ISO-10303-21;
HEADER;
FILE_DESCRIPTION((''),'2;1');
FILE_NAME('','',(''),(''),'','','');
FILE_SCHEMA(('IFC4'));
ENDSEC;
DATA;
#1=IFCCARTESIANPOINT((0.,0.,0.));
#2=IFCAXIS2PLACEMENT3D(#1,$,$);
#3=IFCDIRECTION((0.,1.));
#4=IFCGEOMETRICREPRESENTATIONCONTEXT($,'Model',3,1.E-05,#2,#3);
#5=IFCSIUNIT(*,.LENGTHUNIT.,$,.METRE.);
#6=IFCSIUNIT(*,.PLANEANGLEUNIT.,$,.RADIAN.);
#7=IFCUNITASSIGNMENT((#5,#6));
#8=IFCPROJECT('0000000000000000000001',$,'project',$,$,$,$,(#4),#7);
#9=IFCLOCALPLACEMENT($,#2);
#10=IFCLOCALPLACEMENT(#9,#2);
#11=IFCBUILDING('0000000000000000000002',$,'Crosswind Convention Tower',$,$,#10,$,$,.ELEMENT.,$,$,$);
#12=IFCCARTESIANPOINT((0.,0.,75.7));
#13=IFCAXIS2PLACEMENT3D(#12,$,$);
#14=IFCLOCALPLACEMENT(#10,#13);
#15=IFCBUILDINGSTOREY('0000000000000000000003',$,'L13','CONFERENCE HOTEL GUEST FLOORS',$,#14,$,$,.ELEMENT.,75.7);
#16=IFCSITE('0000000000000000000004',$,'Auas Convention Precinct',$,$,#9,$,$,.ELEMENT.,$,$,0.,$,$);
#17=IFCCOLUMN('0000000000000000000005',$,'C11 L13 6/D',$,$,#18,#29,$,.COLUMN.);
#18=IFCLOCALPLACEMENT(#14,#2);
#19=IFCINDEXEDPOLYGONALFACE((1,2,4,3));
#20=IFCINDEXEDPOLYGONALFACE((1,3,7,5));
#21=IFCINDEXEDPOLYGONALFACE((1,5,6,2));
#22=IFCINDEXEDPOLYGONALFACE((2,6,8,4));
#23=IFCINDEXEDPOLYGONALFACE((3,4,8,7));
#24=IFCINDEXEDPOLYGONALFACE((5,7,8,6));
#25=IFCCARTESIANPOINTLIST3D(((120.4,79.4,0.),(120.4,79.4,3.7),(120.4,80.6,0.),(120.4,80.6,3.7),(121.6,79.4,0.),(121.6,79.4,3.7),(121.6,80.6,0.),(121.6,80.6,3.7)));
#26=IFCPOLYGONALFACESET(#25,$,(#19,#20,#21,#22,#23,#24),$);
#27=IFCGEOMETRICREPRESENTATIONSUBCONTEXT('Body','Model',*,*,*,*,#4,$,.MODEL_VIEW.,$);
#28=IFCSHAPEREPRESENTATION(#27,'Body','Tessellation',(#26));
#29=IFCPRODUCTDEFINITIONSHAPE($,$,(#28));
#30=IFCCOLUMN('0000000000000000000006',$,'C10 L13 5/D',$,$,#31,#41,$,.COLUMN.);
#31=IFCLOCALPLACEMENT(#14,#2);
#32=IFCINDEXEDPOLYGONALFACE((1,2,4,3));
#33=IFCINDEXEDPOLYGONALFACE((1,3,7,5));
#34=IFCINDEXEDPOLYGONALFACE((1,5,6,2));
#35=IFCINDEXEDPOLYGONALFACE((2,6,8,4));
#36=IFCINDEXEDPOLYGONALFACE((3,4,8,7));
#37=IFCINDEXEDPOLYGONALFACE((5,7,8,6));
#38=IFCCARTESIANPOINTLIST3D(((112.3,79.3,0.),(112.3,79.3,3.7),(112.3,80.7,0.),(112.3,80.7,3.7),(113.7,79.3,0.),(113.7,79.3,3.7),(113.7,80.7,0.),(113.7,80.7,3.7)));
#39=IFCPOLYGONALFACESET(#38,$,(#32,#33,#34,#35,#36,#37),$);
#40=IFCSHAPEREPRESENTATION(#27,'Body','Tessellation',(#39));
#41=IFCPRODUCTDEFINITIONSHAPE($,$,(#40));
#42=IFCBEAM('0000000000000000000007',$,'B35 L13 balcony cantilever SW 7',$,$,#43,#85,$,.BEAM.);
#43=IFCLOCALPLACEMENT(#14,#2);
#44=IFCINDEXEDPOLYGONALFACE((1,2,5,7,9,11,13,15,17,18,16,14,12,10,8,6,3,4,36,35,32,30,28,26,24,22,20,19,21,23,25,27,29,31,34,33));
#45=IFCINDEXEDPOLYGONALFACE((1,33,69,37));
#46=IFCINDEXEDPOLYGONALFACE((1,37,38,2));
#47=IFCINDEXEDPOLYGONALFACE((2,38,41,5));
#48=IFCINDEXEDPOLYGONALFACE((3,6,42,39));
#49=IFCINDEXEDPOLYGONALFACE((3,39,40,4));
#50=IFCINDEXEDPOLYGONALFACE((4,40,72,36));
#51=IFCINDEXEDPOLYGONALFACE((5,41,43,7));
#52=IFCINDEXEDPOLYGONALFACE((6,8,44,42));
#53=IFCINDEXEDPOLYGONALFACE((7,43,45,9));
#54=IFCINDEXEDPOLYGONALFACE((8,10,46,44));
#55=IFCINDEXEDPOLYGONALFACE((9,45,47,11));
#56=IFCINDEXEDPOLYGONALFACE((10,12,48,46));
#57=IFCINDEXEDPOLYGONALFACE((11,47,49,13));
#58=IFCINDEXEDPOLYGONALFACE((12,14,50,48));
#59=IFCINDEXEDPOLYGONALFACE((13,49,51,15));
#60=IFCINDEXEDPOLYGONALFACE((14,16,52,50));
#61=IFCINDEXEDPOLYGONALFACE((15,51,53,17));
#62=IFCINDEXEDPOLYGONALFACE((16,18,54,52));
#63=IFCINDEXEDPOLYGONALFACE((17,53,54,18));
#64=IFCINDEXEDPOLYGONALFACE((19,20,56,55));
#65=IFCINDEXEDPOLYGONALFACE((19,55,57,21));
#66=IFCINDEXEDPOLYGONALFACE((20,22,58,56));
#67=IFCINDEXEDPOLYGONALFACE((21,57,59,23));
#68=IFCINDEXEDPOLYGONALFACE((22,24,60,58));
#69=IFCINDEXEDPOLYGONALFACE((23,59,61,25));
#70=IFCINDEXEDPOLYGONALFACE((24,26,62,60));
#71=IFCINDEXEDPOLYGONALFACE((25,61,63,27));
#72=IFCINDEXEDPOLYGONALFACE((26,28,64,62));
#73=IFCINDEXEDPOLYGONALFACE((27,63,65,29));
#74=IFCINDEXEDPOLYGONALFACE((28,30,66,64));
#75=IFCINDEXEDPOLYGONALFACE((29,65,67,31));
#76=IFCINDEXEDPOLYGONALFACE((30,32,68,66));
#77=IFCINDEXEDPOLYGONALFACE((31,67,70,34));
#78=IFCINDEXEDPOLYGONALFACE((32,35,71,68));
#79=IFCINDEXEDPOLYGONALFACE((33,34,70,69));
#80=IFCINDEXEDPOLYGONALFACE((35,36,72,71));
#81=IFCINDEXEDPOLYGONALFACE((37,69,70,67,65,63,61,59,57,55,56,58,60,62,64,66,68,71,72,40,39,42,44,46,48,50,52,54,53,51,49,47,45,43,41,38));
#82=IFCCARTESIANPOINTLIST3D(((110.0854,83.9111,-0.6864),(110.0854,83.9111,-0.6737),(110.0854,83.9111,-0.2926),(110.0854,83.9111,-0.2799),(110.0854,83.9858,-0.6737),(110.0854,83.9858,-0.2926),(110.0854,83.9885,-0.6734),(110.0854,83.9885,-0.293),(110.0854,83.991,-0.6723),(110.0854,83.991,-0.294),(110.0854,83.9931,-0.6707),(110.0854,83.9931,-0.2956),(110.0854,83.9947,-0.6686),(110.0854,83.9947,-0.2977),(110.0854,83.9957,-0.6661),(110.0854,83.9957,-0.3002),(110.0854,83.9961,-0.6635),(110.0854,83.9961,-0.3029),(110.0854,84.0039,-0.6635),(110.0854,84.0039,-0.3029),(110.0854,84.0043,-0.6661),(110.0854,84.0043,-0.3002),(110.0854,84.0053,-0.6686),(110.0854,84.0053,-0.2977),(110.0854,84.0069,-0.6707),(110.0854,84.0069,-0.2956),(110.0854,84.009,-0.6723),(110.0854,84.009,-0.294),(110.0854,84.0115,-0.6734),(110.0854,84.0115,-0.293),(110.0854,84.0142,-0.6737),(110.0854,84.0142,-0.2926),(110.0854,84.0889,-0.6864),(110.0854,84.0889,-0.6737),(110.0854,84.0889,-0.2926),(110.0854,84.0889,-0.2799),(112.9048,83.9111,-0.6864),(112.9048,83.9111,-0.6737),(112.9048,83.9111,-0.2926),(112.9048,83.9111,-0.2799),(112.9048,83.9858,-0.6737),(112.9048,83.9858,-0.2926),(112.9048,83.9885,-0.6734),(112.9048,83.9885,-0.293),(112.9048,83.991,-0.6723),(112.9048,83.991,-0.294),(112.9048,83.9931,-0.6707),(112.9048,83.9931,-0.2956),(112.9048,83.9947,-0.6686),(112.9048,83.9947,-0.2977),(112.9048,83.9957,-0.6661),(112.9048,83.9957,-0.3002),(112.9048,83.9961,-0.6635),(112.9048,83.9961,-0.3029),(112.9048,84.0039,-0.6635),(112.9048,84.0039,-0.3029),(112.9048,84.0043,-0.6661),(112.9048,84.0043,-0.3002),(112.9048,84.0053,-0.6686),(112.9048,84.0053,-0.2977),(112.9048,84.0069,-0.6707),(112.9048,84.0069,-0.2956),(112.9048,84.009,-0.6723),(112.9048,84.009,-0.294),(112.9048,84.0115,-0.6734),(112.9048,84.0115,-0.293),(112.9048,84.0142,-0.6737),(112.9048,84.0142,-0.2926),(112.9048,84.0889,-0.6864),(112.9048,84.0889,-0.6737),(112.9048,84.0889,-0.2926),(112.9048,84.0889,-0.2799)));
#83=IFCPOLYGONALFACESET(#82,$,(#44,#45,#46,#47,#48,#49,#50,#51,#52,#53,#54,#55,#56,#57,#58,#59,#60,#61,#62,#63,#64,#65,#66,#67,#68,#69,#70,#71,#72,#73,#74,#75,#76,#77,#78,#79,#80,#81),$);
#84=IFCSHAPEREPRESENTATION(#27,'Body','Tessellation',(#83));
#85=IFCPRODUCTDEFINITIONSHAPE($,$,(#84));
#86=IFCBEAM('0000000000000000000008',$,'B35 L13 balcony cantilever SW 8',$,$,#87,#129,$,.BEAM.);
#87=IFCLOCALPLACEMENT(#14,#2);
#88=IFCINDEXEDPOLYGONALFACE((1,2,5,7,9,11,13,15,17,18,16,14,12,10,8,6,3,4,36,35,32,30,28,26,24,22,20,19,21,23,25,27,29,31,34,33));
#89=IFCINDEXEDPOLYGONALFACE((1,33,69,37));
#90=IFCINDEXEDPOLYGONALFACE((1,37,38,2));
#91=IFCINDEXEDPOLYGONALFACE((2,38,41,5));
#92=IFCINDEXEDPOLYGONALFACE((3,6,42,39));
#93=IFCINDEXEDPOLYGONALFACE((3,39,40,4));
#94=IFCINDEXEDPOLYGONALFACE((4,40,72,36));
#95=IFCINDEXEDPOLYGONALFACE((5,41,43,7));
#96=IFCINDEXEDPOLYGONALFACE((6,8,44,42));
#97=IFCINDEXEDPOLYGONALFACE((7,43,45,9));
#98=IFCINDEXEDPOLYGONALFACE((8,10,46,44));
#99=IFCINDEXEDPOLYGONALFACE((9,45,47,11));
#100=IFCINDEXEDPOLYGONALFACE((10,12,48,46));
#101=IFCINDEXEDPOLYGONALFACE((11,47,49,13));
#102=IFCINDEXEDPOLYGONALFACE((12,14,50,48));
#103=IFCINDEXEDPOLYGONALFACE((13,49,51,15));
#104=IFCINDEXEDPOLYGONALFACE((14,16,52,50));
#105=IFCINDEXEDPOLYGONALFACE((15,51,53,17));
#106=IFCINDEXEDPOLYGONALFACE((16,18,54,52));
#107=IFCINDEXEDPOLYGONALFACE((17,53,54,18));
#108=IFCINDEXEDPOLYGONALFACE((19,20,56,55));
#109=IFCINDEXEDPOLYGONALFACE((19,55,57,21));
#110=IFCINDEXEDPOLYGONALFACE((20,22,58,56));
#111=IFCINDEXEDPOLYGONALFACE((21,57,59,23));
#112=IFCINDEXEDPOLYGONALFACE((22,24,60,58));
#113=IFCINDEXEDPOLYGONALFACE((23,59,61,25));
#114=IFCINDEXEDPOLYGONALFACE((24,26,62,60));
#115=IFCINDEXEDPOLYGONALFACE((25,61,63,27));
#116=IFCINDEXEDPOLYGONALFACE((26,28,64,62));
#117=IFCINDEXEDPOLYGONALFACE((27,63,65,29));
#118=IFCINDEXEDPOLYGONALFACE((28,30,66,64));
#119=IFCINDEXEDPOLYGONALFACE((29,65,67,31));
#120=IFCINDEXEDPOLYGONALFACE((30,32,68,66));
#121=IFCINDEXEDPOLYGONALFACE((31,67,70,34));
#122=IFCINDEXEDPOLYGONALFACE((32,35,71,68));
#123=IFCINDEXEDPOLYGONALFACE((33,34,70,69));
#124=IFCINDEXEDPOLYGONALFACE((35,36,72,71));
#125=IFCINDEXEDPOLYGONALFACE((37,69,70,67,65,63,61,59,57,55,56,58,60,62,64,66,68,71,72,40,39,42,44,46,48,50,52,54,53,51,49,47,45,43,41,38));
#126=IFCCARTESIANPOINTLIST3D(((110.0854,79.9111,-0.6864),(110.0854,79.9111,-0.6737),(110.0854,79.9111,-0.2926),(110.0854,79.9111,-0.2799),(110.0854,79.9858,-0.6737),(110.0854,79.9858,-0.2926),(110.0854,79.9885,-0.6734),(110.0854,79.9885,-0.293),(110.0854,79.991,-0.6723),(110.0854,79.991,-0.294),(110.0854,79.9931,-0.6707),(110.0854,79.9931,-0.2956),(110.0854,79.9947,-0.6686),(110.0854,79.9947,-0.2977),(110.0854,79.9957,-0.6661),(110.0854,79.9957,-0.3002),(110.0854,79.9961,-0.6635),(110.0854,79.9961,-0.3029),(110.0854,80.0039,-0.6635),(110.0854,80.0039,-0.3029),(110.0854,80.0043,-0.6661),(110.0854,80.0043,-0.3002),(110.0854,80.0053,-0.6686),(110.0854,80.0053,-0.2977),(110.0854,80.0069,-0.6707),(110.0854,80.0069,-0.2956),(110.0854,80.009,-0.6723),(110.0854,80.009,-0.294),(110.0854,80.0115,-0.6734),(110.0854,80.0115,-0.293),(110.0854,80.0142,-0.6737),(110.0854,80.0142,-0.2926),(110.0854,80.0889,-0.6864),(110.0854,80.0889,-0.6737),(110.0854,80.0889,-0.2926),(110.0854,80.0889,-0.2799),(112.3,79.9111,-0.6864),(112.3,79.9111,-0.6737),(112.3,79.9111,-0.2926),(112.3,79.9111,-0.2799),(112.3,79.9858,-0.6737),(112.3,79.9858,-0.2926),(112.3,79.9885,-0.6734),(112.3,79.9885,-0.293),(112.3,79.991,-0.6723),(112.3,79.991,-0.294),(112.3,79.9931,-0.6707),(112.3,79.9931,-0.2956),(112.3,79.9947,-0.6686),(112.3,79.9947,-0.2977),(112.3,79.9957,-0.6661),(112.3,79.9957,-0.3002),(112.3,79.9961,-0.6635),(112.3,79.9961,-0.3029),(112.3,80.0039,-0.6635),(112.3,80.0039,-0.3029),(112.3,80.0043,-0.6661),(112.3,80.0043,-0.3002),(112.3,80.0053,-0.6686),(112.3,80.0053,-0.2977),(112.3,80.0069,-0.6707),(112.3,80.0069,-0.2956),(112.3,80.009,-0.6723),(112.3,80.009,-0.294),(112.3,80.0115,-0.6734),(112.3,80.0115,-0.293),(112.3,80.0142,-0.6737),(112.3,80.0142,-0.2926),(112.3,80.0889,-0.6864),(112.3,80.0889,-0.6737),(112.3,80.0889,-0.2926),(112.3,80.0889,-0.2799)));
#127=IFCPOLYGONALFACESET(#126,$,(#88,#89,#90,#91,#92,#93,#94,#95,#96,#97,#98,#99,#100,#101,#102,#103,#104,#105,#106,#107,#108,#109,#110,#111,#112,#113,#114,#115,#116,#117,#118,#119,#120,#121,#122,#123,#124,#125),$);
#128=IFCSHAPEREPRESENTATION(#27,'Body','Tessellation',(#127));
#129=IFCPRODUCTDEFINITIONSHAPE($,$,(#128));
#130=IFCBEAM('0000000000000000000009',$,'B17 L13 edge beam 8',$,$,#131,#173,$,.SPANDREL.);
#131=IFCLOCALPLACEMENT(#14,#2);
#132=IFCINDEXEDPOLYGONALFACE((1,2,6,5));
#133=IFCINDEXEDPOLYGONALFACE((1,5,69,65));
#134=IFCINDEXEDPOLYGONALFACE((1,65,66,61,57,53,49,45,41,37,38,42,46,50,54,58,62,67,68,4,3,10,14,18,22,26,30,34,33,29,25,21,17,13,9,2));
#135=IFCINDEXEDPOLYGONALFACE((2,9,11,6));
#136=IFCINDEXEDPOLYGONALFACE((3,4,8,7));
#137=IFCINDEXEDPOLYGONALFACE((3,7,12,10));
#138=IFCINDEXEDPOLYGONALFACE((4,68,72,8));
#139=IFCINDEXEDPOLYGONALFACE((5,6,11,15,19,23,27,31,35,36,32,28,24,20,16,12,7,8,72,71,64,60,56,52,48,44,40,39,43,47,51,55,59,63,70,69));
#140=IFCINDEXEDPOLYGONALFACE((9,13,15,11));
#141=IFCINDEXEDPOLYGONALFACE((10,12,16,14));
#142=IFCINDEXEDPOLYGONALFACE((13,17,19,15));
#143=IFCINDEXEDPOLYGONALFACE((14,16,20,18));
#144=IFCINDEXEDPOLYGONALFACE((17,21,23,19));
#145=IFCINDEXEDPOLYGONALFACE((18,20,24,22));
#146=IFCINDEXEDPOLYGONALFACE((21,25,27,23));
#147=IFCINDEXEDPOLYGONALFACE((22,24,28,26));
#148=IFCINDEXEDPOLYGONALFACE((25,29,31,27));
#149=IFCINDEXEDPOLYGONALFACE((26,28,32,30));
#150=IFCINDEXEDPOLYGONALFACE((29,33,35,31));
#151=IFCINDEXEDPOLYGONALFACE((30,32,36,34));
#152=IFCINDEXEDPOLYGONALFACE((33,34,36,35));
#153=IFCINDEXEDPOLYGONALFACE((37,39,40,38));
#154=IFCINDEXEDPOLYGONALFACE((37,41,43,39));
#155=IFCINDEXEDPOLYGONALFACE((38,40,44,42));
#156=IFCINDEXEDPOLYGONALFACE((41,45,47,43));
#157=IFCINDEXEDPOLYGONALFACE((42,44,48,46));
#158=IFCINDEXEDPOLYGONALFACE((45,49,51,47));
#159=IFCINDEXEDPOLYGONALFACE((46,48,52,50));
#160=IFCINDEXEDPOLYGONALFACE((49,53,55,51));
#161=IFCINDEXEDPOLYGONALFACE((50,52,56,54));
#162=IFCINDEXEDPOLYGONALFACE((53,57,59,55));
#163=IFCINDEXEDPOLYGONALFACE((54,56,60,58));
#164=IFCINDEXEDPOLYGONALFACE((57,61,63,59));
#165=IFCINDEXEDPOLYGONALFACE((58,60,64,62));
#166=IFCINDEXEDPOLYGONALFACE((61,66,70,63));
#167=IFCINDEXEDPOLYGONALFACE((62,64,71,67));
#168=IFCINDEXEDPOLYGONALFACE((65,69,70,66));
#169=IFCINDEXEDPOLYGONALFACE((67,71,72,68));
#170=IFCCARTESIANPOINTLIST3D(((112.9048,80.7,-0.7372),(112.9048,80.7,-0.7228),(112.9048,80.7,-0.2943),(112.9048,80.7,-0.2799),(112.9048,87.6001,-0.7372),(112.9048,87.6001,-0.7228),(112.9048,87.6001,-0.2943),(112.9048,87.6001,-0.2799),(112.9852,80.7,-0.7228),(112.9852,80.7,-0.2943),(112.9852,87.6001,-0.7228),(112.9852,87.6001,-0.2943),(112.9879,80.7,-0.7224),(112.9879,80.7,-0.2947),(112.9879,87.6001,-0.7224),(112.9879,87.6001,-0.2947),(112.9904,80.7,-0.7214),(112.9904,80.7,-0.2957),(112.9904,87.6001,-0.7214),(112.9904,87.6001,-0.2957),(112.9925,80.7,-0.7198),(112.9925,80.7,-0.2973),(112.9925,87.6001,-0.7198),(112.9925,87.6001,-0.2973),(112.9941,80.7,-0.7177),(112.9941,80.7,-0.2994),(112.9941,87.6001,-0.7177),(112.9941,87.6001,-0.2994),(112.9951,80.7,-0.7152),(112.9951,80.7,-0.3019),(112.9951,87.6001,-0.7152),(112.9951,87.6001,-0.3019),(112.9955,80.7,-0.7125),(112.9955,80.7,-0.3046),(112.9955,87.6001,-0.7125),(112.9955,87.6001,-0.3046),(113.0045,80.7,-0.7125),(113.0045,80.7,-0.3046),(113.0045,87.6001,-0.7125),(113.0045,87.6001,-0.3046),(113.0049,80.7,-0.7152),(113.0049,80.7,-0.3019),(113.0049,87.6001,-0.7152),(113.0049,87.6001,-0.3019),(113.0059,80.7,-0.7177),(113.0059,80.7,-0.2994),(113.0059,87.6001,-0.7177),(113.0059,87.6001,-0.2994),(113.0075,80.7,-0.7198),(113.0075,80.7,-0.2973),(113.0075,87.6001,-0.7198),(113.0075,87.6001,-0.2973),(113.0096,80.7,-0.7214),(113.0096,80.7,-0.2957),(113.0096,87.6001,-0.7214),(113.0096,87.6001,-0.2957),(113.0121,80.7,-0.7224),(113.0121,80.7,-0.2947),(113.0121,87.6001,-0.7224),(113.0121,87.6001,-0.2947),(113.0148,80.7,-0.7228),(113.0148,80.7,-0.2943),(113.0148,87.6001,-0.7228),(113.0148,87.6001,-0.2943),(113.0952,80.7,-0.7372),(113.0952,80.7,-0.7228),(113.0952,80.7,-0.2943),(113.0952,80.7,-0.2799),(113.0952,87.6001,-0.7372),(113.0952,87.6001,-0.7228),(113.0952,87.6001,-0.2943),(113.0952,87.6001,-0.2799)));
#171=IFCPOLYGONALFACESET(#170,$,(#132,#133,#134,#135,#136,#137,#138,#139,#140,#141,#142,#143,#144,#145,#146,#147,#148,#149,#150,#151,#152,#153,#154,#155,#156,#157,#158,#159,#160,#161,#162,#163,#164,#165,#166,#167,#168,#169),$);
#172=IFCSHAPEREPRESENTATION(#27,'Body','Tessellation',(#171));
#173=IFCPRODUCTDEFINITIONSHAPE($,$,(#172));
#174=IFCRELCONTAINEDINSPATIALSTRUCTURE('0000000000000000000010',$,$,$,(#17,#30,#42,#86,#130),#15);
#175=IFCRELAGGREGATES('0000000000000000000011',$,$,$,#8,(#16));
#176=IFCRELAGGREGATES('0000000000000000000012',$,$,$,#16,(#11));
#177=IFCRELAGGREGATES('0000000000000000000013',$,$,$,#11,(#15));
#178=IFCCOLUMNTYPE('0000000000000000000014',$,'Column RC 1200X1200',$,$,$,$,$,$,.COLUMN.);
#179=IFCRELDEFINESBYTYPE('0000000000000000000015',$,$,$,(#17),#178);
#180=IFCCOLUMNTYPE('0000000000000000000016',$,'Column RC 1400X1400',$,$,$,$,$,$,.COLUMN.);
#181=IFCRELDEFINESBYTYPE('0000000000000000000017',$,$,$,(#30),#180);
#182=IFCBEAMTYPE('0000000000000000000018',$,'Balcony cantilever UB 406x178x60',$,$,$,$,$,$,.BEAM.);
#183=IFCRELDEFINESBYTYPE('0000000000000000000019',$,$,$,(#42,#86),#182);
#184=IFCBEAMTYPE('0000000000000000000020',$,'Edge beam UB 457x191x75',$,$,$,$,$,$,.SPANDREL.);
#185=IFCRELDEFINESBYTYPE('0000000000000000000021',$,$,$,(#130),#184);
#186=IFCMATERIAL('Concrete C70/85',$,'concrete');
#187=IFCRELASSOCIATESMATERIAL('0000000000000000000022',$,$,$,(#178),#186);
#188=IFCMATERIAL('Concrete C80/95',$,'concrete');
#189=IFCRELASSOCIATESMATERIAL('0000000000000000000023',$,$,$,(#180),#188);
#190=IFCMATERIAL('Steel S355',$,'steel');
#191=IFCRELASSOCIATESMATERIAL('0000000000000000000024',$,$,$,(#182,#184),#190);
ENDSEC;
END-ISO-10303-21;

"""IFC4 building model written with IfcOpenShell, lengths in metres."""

from ifc_helpers import new_model, si_unit, direction, frame, origin, origin_2d, place, context, subcontext, project, spatial, rectangle, i_section, extrude, material, material_profile, profile_set, type_object, element, save


model = new_model("IFC4")

# Units and contexts
model_context = context("Model", 3, precision=1e-05, world=origin(), true_north=direction((0.0, 1.0)))
body_context = subcontext(model_context, "Body", "Model", "MODEL_VIEW")
ifc_project = project(units=[si_unit("LENGTHUNIT", "METRE"), si_unit("PLANEANGLEUNIT", "RADIAN")], contexts=[model_context])

# Site, building, storey
site_placement = place(None, origin())
site = spatial("IfcSite", under=ifc_project, at=site_placement, Name="Auas Convention Precinct", CompositionType="ELEMENT", RefElevation=0.0)
building_placement = place(site_placement, origin())
building = spatial("IfcBuilding", under=site, at=building_placement, Name="Crosswind Convention Tower", CompositionType="ELEMENT")
storey_placement = place(building_placement, frame((0.0, 0.0, 75.7)))
storey = spatial("IfcBuildingStorey", under=building, at=storey_placement, Name="L13", Description="CONFERENCE HOTEL GUEST FLOORS", CompositionType="ELEMENT", Elevation=75.7)

# Columns
ifc_material_1 = material(Name="Concrete C70/85", Category="concrete")
ifc_material_profile_1 = material_profile(ifc_material_1, rectangle(XDim=1.2, YDim=1.2, at=origin_2d()), Name="RC 1200X1200")
ifc_profile_set_1 = profile_set([ifc_material_profile_1], Name="Concrete C70/85")
column_type_1 = type_object("IfcColumnType", Name="Column RC 1200X1200", PredefinedType="COLUMN", material=ifc_profile_set_1)
column_1_placement = place(storey_placement, frame((121.0, 80.0, 0.0), z_axis=(0.0, 0.0, 1.0), x_axis=(1.0, 0.0, 0.0)))
element("IfcColumn", 1, at=column_1_placement, inside=storey, type_object=column_type_1, Name="C11 L13 6/D", PredefinedType="COLUMN", context=body_context, shape_type="SweptSolid", body=[
    extrude(rectangle(XDim=1.2, YDim=1.2, at=origin_2d()), origin(), (0.0, 0.0, 1.0), 3.7),
])
ifc_material_2 = material(Name="Concrete C80/95", Category="concrete")
ifc_material_profile_2 = material_profile(ifc_material_2, rectangle(XDim=1.3999, YDim=1.3999, at=origin_2d()), Name="RC 1400X1400")
ifc_profile_set_2 = profile_set([ifc_material_profile_2], Name="Concrete C80/95")
column_type_2 = type_object("IfcColumnType", Name="Column RC 1400X1400", PredefinedType="COLUMN", material=ifc_profile_set_2)
column_2_placement = place(storey_placement, frame((113.0, 80.0, 0.0), z_axis=(0.0, 0.0, 1.0), x_axis=(1.0, 0.0, 0.0)))
element("IfcColumn", 2, at=column_2_placement, inside=storey, type_object=column_type_2, Name="C10 L13 5/D", PredefinedType="COLUMN", context=body_context, shape_type="SweptSolid", body=[
    extrude(rectangle(XDim=1.3999, YDim=1.3999, at=origin_2d()), origin(), (0.0, 0.0, 1.0), 3.7),
])

# Beams
ifc_material_3 = material(Name="Steel S355", Category="steel")
ifc_material_profile_3 = material_profile(ifc_material_3, i_section(OverallWidth=0.1777, OverallDepth=0.4065, WebThickness=0.0078, FlangeThickness=0.0127, FilletRadius=0.0103, at=origin_2d()), Name="UB 406x178x60")
ifc_profile_set_3 = profile_set([ifc_material_profile_3], Name="Steel S355")
beam_type_1 = type_object("IfcBeamType", Name="Balcony cantilever UB 406x178x60", PredefinedType="BEAM", material=ifc_profile_set_3)
beam_1_placement = place(storey_placement, frame((112.9048, 84.0, -0.4832), z_axis=(-1.0, 0.0, 0.0), x_axis=(0.0, -1.0, 0.0)))
element("IfcBeam", 3, at=beam_1_placement, inside=storey, type_object=beam_type_1, Name="B35 L13 balcony cantilever SW 7", PredefinedType="BEAM", context=body_context, shape_type="SweptSolid", body=[
    extrude(i_section(OverallWidth=0.1777, OverallDepth=0.4065, WebThickness=0.0078, FlangeThickness=0.0127, FilletRadius=0.0103, at=origin_2d()), origin(), (0.0, 0.0, 1.0), 2.8193),
])
beam_2_placement = place(storey_placement, frame((112.3, 80.0, -0.4832), z_axis=(-1.0, 0.0, 0.0), x_axis=(0.0, -1.0, 0.0)))
element("IfcBeam", 4, at=beam_2_placement, inside=storey, type_object=beam_type_1, Name="B35 L13 balcony cantilever SW 8", PredefinedType="BEAM", context=body_context, shape_type="SweptSolid", body=[
    extrude(i_section(OverallWidth=0.1777, OverallDepth=0.4065, WebThickness=0.0078, FlangeThickness=0.0127, FilletRadius=0.0103, at=origin_2d()), origin(), (0.0, 0.0, 1.0), 2.2146),
])
ifc_material_profile_4 = material_profile(ifc_material_3, i_section(OverallWidth=0.1904, OverallDepth=0.4573, WebThickness=0.009, FlangeThickness=0.0144, FilletRadius=0.0103, at=origin_2d()), Name="UB 457x191x75")
ifc_profile_set_4 = profile_set([ifc_material_profile_4], Name="Steel S355")
beam_type_2 = type_object("IfcBeamType", Name="Edge beam UB 457x191x75", PredefinedType="SPANDREL", material=ifc_profile_set_4)
beam_3_placement = place(storey_placement, frame((113.0, 80.7, -0.5085), z_axis=(0.0, 1.0, 0.0), x_axis=(-1.0, 0.0, 0.0)))
element("IfcBeam", 5, at=beam_3_placement, inside=storey, type_object=beam_type_2, Name="B17 L13 edge beam 8", PredefinedType="SPANDREL", context=body_context, shape_type="SweptSolid", body=[
    extrude(i_section(OverallWidth=0.1904, OverallDepth=0.4573, WebThickness=0.009, FlangeThickness=0.0144, FilletRadius=0.0103, at=origin_2d()), origin(), (0.0, 0.0, 1.0), 6.9001),
])

save(model, "model.ifc")
